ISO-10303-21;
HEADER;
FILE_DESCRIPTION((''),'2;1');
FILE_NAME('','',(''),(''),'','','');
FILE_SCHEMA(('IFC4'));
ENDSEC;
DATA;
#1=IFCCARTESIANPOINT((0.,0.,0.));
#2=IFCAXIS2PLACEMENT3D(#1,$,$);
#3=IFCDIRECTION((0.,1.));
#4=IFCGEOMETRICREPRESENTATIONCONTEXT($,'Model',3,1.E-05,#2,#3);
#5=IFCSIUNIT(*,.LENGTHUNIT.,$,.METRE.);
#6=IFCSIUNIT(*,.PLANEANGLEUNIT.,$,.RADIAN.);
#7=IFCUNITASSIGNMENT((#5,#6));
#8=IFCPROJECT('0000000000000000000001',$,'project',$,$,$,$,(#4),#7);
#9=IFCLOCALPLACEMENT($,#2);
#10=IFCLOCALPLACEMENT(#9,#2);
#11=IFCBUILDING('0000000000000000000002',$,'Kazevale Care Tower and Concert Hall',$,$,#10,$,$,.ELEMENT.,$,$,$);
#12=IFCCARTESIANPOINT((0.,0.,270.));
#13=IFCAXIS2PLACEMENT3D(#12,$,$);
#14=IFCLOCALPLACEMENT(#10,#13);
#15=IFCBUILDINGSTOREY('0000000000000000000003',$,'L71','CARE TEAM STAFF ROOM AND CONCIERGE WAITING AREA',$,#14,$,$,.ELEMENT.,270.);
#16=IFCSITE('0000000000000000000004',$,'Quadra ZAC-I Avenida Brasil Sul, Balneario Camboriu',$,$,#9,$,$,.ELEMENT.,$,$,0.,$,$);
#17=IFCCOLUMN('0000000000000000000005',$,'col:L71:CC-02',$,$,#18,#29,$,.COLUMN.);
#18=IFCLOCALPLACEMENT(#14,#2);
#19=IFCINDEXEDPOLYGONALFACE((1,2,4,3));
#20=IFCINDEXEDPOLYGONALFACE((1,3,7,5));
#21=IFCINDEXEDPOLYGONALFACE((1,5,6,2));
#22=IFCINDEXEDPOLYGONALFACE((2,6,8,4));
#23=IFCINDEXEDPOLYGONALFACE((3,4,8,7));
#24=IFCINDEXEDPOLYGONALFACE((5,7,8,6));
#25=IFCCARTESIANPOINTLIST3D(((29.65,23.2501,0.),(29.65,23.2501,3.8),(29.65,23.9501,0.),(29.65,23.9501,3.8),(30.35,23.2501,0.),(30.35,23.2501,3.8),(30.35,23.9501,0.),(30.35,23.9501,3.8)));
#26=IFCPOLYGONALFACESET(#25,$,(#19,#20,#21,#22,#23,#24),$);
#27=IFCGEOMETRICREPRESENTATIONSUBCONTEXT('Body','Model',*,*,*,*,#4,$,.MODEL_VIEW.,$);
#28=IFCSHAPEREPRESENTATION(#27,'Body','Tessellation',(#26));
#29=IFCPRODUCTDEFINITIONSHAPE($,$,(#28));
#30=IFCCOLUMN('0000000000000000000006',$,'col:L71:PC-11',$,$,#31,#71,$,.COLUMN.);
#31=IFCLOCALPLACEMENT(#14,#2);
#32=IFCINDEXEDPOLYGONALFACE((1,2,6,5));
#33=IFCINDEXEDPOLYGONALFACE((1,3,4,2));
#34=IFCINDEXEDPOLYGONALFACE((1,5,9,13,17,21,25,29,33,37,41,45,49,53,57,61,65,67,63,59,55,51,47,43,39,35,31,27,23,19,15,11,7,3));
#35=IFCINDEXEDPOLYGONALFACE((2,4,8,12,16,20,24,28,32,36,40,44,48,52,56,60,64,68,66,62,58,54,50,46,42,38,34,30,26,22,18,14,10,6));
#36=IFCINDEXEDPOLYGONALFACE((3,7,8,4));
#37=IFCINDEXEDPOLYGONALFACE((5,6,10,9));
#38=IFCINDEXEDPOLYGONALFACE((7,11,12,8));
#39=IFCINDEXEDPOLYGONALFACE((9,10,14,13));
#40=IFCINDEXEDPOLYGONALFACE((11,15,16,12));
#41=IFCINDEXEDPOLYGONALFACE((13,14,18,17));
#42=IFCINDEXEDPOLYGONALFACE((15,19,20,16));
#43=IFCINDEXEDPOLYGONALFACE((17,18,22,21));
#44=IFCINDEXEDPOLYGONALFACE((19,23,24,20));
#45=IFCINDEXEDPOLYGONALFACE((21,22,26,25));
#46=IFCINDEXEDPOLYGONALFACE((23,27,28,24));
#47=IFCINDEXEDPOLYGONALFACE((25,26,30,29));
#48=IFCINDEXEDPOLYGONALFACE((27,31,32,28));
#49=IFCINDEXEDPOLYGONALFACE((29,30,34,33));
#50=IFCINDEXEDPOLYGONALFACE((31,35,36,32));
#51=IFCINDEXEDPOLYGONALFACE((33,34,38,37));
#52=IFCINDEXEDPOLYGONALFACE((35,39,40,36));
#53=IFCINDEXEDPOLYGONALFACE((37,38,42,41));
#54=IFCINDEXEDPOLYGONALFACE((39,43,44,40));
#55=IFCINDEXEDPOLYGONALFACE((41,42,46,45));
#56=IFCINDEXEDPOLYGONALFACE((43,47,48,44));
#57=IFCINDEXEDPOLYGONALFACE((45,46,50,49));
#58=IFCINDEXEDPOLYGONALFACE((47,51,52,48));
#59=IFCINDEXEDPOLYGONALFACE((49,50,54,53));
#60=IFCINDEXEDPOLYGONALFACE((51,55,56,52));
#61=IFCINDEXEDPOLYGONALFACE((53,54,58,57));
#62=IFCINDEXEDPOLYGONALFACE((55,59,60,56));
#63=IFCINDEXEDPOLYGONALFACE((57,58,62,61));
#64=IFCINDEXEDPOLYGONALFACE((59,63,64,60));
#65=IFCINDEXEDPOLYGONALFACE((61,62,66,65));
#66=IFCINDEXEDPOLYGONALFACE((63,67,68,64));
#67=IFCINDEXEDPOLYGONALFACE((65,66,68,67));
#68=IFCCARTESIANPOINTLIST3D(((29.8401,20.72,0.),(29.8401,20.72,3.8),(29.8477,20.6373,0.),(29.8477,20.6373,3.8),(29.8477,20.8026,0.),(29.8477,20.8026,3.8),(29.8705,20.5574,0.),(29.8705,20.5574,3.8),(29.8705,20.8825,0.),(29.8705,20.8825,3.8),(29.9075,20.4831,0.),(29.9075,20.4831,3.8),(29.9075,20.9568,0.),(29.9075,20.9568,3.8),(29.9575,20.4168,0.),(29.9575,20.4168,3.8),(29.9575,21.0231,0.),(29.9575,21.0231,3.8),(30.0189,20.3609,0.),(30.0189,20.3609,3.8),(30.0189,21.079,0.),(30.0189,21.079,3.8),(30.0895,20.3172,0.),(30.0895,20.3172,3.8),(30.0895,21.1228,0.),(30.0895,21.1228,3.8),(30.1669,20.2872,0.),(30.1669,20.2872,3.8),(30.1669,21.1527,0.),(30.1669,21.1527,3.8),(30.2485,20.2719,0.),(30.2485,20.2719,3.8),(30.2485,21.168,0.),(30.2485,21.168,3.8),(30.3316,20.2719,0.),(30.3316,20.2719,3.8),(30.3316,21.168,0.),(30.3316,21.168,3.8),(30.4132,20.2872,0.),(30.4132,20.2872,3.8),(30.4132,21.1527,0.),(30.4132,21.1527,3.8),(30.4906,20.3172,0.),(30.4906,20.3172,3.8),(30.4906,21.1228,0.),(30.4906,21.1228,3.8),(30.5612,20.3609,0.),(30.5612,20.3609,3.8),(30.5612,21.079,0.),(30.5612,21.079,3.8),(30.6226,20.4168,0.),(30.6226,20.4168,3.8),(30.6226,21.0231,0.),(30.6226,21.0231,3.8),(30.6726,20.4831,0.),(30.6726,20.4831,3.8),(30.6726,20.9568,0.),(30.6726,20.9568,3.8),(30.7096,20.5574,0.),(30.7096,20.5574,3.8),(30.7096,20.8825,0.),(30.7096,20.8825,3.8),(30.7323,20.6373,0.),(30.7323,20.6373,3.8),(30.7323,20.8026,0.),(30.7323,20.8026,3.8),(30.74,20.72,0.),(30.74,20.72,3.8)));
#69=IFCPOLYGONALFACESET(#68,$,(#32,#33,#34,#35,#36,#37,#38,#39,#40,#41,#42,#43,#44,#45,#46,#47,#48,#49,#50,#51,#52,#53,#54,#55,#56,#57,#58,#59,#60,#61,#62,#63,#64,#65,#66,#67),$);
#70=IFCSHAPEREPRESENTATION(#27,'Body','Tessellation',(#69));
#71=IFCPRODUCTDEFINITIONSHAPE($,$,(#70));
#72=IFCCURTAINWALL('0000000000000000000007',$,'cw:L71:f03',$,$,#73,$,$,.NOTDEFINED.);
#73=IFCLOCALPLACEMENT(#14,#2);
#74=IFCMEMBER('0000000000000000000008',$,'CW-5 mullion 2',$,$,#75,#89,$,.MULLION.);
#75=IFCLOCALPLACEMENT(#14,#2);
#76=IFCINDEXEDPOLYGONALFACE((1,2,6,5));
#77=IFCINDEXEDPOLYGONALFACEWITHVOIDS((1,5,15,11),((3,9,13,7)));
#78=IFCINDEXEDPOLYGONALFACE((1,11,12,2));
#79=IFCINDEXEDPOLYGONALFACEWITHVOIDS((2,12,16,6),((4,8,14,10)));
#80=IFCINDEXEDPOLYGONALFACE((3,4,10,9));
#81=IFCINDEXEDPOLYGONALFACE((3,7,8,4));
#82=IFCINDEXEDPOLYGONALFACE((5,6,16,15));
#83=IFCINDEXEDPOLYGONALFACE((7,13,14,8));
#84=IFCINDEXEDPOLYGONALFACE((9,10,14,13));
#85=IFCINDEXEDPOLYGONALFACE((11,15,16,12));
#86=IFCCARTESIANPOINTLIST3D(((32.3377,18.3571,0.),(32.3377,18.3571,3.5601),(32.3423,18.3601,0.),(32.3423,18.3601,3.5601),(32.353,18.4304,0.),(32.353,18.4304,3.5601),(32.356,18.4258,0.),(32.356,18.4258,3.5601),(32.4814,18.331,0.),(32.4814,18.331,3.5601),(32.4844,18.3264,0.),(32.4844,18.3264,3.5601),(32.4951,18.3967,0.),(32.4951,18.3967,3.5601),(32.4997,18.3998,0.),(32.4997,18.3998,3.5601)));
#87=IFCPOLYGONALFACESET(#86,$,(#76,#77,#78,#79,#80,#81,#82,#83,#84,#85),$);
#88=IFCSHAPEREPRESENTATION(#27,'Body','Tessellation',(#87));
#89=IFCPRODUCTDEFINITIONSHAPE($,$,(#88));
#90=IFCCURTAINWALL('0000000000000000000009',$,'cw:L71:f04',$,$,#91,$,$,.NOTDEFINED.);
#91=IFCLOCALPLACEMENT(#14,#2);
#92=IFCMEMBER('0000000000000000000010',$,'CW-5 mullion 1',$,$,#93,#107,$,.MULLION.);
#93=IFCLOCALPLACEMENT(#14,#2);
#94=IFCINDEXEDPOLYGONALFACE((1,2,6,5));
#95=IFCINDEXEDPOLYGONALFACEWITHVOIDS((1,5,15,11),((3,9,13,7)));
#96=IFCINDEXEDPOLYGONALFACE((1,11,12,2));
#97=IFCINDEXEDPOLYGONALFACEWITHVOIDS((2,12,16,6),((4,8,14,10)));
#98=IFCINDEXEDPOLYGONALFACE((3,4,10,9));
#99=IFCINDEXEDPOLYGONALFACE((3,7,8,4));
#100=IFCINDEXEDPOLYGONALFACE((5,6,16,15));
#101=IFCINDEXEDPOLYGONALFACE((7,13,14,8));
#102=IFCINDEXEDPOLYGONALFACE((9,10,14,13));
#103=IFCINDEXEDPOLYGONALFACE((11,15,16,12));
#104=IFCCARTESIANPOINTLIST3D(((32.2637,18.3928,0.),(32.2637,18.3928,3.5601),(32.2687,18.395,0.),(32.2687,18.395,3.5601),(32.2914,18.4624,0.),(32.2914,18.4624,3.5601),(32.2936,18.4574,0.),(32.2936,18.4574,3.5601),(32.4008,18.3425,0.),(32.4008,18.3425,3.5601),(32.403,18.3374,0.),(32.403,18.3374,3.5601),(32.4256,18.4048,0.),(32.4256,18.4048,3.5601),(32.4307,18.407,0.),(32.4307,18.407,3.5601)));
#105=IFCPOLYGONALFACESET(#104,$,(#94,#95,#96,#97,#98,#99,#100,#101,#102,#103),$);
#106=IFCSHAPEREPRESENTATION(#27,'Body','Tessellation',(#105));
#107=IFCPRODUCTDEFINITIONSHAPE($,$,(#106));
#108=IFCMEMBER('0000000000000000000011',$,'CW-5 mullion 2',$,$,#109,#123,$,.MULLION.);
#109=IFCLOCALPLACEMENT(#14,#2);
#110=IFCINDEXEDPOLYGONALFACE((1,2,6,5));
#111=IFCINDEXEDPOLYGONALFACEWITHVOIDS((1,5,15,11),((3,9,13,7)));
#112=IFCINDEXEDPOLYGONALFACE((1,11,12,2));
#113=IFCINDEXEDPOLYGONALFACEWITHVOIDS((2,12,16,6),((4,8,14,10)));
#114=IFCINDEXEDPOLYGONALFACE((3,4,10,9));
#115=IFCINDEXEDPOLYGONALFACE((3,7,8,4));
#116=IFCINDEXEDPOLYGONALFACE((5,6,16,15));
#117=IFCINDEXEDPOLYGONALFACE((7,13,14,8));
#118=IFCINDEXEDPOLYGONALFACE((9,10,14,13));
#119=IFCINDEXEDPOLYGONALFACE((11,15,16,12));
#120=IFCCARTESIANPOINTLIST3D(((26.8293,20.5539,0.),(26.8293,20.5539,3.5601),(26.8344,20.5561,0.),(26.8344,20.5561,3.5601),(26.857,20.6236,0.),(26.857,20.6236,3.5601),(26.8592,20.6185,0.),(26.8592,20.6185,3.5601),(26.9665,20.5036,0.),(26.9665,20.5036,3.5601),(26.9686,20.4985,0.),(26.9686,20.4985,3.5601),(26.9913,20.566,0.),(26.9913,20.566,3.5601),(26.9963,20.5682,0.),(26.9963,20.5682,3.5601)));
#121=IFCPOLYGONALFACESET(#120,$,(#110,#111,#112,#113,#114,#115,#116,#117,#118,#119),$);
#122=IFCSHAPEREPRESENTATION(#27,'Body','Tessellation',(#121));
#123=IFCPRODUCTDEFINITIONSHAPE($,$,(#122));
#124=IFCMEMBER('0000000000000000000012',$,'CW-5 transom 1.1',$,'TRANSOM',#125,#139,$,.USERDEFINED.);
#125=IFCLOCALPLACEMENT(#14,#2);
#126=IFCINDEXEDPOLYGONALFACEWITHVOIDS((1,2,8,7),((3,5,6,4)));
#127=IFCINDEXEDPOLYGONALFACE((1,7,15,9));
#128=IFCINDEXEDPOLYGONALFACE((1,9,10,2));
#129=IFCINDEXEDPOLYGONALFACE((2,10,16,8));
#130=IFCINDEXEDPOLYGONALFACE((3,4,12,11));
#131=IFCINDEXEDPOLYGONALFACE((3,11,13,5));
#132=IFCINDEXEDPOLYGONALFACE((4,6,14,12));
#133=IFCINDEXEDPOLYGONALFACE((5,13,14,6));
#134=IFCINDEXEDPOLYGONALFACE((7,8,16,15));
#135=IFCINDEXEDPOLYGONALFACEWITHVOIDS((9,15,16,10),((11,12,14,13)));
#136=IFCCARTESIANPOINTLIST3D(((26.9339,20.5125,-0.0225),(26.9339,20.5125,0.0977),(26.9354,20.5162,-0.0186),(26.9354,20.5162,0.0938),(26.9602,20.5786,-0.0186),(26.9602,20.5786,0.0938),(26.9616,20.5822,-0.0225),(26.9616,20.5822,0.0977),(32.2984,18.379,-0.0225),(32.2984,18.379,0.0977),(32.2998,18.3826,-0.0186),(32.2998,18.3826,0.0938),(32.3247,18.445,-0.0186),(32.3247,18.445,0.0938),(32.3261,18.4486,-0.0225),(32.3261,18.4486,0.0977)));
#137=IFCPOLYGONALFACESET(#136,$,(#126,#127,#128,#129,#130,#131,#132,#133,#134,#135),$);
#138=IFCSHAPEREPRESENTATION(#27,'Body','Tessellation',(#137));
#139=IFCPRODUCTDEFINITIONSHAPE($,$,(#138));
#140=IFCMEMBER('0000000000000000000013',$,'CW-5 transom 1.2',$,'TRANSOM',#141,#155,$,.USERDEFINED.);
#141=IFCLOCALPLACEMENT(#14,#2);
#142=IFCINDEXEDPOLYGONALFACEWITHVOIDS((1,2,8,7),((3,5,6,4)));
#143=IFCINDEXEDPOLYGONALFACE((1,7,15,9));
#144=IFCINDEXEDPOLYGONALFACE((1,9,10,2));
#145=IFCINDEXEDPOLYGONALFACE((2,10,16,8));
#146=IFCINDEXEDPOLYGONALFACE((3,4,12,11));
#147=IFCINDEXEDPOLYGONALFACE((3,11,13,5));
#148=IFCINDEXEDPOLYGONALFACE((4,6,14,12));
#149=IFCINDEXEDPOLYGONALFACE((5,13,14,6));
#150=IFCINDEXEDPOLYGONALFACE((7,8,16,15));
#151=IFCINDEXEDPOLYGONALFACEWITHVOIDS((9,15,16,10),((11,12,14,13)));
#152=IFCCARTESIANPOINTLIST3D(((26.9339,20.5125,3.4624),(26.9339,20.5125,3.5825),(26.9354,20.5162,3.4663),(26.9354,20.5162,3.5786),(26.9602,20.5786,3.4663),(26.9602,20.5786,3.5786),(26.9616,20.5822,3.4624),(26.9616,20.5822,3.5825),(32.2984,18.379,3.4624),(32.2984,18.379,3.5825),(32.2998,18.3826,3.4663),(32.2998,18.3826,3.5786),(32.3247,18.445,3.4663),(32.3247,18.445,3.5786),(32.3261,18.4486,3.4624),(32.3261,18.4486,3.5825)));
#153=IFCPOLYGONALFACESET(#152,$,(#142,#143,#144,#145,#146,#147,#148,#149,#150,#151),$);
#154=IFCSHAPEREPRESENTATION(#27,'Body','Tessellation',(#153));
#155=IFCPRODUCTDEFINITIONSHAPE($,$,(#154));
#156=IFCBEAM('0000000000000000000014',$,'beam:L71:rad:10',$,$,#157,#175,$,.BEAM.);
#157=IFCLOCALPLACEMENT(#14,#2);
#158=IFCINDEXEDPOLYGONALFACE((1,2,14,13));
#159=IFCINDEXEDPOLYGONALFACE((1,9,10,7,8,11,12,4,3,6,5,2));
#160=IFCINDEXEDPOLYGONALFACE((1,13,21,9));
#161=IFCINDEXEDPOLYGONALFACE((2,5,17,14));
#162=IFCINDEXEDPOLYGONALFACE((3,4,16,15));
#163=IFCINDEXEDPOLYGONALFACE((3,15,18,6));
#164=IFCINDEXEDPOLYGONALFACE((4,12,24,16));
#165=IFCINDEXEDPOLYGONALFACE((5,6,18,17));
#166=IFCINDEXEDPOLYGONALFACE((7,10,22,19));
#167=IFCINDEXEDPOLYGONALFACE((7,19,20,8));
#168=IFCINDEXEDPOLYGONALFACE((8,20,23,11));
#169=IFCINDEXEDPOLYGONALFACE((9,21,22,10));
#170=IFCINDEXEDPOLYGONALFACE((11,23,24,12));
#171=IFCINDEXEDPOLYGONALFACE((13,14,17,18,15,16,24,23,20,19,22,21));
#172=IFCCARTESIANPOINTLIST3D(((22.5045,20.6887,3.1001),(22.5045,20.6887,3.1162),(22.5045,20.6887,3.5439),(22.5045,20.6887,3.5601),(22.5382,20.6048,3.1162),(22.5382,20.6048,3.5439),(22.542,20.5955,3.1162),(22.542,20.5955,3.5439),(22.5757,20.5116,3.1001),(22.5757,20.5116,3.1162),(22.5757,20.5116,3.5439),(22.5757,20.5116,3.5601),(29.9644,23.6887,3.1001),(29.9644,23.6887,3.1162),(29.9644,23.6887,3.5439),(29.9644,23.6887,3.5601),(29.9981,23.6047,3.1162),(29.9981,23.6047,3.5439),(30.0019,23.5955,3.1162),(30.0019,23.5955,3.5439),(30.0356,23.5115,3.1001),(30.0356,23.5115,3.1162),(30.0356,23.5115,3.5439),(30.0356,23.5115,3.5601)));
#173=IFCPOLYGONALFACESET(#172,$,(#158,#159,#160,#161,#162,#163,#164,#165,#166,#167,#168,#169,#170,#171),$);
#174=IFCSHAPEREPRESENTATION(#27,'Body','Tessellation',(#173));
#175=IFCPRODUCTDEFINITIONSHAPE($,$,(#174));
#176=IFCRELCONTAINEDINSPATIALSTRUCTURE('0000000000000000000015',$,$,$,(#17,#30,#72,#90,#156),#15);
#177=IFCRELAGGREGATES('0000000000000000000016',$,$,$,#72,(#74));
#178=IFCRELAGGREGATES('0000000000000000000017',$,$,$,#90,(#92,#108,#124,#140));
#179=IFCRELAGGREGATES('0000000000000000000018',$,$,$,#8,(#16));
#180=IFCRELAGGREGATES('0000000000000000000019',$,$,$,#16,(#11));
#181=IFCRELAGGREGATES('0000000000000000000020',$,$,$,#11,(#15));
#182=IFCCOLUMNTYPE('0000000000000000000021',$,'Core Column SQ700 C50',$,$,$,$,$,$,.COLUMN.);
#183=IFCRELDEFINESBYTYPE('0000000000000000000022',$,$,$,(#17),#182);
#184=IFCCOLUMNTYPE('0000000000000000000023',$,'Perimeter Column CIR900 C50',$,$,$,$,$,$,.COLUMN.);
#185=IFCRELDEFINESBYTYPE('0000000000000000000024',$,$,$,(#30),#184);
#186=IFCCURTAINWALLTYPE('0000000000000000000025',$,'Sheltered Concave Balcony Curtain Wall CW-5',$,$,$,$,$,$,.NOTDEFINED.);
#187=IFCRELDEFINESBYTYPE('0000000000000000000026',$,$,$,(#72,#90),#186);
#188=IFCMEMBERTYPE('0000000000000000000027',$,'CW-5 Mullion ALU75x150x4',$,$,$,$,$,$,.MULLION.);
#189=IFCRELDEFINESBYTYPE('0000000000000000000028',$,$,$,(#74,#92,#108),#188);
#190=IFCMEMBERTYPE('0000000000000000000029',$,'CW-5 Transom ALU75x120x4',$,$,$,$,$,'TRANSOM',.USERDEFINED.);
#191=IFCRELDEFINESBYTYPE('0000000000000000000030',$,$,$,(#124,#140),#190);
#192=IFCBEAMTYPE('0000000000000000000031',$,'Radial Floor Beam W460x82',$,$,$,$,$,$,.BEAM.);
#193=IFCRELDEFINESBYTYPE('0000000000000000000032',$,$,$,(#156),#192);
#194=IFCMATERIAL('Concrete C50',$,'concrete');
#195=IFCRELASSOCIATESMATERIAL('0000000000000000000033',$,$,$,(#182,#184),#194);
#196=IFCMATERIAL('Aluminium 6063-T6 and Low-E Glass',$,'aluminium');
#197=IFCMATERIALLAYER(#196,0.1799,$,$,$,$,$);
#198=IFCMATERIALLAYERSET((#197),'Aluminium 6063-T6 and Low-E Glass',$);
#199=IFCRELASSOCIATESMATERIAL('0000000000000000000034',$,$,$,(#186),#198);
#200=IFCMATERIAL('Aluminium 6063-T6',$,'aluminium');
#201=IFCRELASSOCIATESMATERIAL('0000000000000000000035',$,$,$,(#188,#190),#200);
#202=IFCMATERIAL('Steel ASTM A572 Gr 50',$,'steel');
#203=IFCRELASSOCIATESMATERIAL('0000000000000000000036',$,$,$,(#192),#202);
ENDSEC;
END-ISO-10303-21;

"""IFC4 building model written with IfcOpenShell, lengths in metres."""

from ifc_helpers import new_model, si_unit, direction, frame, origin, origin_2d, place, context, subcontext, project, spatial, rectangle, hollow_rectangle, circle, i_section, extrude, material, layer, layer_set, material_profile, profile_set, type_object, element, aggregate, save


model = new_model("IFC4")

# Units and contexts
model_context = context("Model", 3, precision=1e-05, world=origin(), true_north=direction((0.0, 1.0)))
body_context = subcontext(model_context, "Body", "Model", "MODEL_VIEW")
ifc_project = project(units=[si_unit("LENGTHUNIT", "METRE"), si_unit("PLANEANGLEUNIT", "RADIAN")], contexts=[model_context])

# Site, building, storey
site_placement = place(None, origin())
site = spatial("IfcSite", under=ifc_project, at=site_placement, Name="Quadra ZAC-I Avenida Brasil Sul, Balneario Camboriu", CompositionType="ELEMENT", RefElevation=0.0)
building_placement = place(site_placement, origin())
building = spatial("IfcBuilding", under=site, at=building_placement, Name="Kazevale Care Tower and Concert Hall", CompositionType="ELEMENT")
storey_placement = place(building_placement, frame((0.0, 0.0, 270.0)))
storey = spatial("IfcBuildingStorey", under=building, at=storey_placement, Name="L71", Description="CARE TEAM STAFF ROOM AND CONCIERGE WAITING AREA", CompositionType="ELEMENT", Elevation=270.0)

# Columns
ifc_material_1 = material(Name="Concrete C50", Category="concrete")
ifc_material_profile_1 = material_profile(ifc_material_1, rectangle(XDim=0.7, YDim=0.7, at=origin_2d()), Name="RC-SQ700")
ifc_profile_set_1 = profile_set([ifc_material_profile_1], Name="Concrete C50")
column_type_1 = type_object("IfcColumnType", Name="Core Column SQ700 C50", PredefinedType="COLUMN", material=ifc_profile_set_1)
column_1_placement = place(storey_placement, frame((30.0, 23.6001, 0.0), z_axis=(0.0, 0.0, 1.0), x_axis=(1.0, 0.0, 0.0)))
element("IfcColumn", 1, at=column_1_placement, inside=storey, type_object=column_type_1, Name="col:L71:CC-02", PredefinedType="COLUMN", context=body_context, shape_type="SweptSolid", body=[
    extrude(rectangle(XDim=0.7, YDim=0.7, at=origin_2d()), origin(), (0.0, 0.0, 1.0), 3.8),
])
ifc_material_profile_2 = material_profile(ifc_material_1, circle(Radius=0.45, at=origin_2d()), Name="RC-CIR900")
ifc_profile_set_2 = profile_set([ifc_material_profile_2], Name="Concrete C50")
column_type_2 = type_object("IfcColumnType", Name="Perimeter Column CIR900 C50", PredefinedType="COLUMN", material=ifc_profile_set_2)
column_2_placement = place(storey_placement, frame((30.29, 20.72, 0.0), z_axis=(0.0, 0.0, 1.0), x_axis=(1.0, 0.0, 0.0)))
element("IfcColumn", 2, at=column_2_placement, inside=storey, type_object=column_type_2, Name="col:L71:PC-11", PredefinedType="COLUMN", context=body_context, shape_type="SweptSolid", body=[
    extrude(circle(Radius=0.45, at=origin_2d()), origin(), (0.0, 0.0, 1.0), 3.8),
])

# Curtain wall, member
ifc_material_2 = material(Name="Aluminium 6063-T6 and Low-E Glass", Category="aluminium")
ifc_layer_1 = layer(ifc_material_2, 0.1799)
ifc_layer_set_1 = layer_set([ifc_layer_1], Name="Aluminium 6063-T6 and Low-E Glass")
curtain_wall_type = type_object("IfcCurtainWallType", Name="Sheltered Concave Balcony Curtain Wall CW-5", PredefinedType="NOTDEFINED", material=ifc_layer_set_1)
curtain_wall_1_placement = place(storey_placement, origin())
curtain_wall_1 = element("IfcCurtainWall", 3, at=curtain_wall_1_placement, inside=storey, type_object=curtain_wall_type, Name="cw:L71:f03", PredefinedType="NOTDEFINED")
ifc_material_3 = material(Name="Aluminium 6063-T6", Category="aluminium")
ifc_material_profile_3 = material_profile(ifc_material_3, hollow_rectangle(XDim=0.075, YDim=0.1499, WallThickness=0.0039, at=origin_2d()), Name="ALU75x150x4")
ifc_profile_set_3 = profile_set([ifc_material_profile_3], Name="Aluminium 6063-T6")
member_type_1 = type_object("IfcMemberType", Name="CW-5 Mullion ALU75x150x4", PredefinedType="MULLION", material=ifc_profile_set_3)
member_1_placement = place(storey_placement, frame((32.4187, 18.3784, 0.0), z_axis=(0.0, 0.0, 1.0), x_axis=(-0.204565, -0.978853, 0.0)))
member_1 = element("IfcMember", 4, at=member_1_placement, type_object=member_type_1, Name="CW-5 mullion 2", PredefinedType="MULLION", context=body_context, shape_type="SweptSolid", body=[
    extrude(hollow_rectangle(XDim=0.075, YDim=0.1499, WallThickness=0.0039, at=origin_2d()), origin(), (0.0, 0.0, 1.0), 3.5601),
])
aggregate(curtain_wall_1, [member_1])

# Curtain wall, members
curtain_wall_2_placement = place(storey_placement, origin())
curtain_wall_2 = element("IfcCurtainWall", 5, at=curtain_wall_2_placement, inside=storey, type_object=curtain_wall_type, Name="cw:L71:f04", PredefinedType="NOTDEFINED")
member_2_placement = place(storey_placement, frame((32.3472, 18.3999, 0.0), z_axis=(0.0, 0.0, 1.0), x_axis=(-0.369556, -0.929208, 0.0)))
member_2 = element("IfcMember", 6, at=member_2_placement, type_object=member_type_1, Name="CW-5 mullion 1", PredefinedType="MULLION", context=body_context, shape_type="SweptSolid", body=[
    extrude(hollow_rectangle(XDim=0.075, YDim=0.1499, WallThickness=0.0039, at=origin_2d()), origin(), (0.0, 0.0, 1.0), 3.5601),
])
member_3_placement = place(storey_placement, frame((26.9128, 20.561, 0.0), z_axis=(0.0, 0.0, 1.0), x_axis=(-0.369556, -0.929208, 0.0)))
member_3 = element("IfcMember", 7, at=member_3_placement, type_object=member_type_1, Name="CW-5 mullion 2", PredefinedType="MULLION", context=body_context, shape_type="SweptSolid", body=[
    extrude(hollow_rectangle(XDim=0.075, YDim=0.1499, WallThickness=0.0039, at=origin_2d()), origin(), (0.0, 0.0, 1.0), 3.5601),
])
ifc_material_profile_4 = material_profile(ifc_material_3, hollow_rectangle(XDim=0.075, YDim=0.1201, WallThickness=0.0039, at=origin_2d()), Name="ALU75x120x4")
ifc_profile_set_4 = profile_set([ifc_material_profile_4], Name="Aluminium 6063-T6")
member_type_2 = type_object("IfcMemberType", Name="CW-5 Transom ALU75x120x4", ElementType="TRANSOM", PredefinedType="USERDEFINED", material=ifc_profile_set_4)
member_4_placement = place(storey_placement, frame((32.3123, 18.4138, 0.0376), z_axis=(-0.929207, 0.36956, 0.0), x_axis=(-0.36956, -0.929207, 0.0)))
member_4 = element("IfcMember", 8, at=member_4_placement, type_object=member_type_2, Name="CW-5 transom 1.1", ObjectType="TRANSOM", PredefinedType="USERDEFINED", context=body_context, shape_type="SweptSolid", body=[
    extrude(hollow_rectangle(XDim=0.075, YDim=0.1201, WallThickness=0.0039, at=origin_2d()), origin(), (0.0, 0.0, 1.0), 5.7732),
])
member_5_placement = place(storey_placement, frame((32.3123, 18.4138, 3.5225), z_axis=(-0.929207, 0.36956, 0.0), x_axis=(-0.36956, -0.929207, 0.0)))
member_5 = element("IfcMember", 9, at=member_5_placement, type_object=member_type_2, Name="CW-5 transom 1.2", ObjectType="TRANSOM", PredefinedType="USERDEFINED", context=body_context, shape_type="SweptSolid", body=[
    extrude(hollow_rectangle(XDim=0.075, YDim=0.1201, WallThickness=0.0039, at=origin_2d()), origin(), (0.0, 0.0, 1.0), 5.7732),
])

# Beam
ifc_material_4 = material(Name="Steel ASTM A572 Gr 50", Category="steel")
ifc_material_profile_5 = material_profile(ifc_material_4, i_section(OverallWidth=0.1909, OverallDepth=0.46, WebThickness=0.01, FlangeThickness=0.0161, at=origin_2d()), Name="W460x82")
ifc_profile_set_5 = profile_set([ifc_material_profile_5], Name="Steel ASTM A572 Gr 50")
beam_type_1 = type_object("IfcBeamType", Name="Radial Floor Beam W460x82", PredefinedType="BEAM", material=ifc_profile_set_5)
beam_1_placement = place(storey_placement, frame((30.0, 23.6001, 3.3301), z_axis=(-0.927788, -0.373107, 0.0), x_axis=(0.373107, -0.927788, 0.0)))
element("IfcBeam", 10, at=beam_1_placement, inside=storey, type_object=beam_type_1, Name="beam:L71:rad:10", PredefinedType="BEAM", context=body_context, shape_type="SweptSolid", body=[
    extrude(i_section(OverallWidth=0.1909, OverallDepth=0.46, WebThickness=0.01, FlangeThickness=0.0161, at=origin_2d()), origin(), (0.0, 0.0, 1.0), 8.0405),
])

aggregate(curtain_wall_2, [member_2, member_3, member_4, member_5])

save(model, "model.ifc")
